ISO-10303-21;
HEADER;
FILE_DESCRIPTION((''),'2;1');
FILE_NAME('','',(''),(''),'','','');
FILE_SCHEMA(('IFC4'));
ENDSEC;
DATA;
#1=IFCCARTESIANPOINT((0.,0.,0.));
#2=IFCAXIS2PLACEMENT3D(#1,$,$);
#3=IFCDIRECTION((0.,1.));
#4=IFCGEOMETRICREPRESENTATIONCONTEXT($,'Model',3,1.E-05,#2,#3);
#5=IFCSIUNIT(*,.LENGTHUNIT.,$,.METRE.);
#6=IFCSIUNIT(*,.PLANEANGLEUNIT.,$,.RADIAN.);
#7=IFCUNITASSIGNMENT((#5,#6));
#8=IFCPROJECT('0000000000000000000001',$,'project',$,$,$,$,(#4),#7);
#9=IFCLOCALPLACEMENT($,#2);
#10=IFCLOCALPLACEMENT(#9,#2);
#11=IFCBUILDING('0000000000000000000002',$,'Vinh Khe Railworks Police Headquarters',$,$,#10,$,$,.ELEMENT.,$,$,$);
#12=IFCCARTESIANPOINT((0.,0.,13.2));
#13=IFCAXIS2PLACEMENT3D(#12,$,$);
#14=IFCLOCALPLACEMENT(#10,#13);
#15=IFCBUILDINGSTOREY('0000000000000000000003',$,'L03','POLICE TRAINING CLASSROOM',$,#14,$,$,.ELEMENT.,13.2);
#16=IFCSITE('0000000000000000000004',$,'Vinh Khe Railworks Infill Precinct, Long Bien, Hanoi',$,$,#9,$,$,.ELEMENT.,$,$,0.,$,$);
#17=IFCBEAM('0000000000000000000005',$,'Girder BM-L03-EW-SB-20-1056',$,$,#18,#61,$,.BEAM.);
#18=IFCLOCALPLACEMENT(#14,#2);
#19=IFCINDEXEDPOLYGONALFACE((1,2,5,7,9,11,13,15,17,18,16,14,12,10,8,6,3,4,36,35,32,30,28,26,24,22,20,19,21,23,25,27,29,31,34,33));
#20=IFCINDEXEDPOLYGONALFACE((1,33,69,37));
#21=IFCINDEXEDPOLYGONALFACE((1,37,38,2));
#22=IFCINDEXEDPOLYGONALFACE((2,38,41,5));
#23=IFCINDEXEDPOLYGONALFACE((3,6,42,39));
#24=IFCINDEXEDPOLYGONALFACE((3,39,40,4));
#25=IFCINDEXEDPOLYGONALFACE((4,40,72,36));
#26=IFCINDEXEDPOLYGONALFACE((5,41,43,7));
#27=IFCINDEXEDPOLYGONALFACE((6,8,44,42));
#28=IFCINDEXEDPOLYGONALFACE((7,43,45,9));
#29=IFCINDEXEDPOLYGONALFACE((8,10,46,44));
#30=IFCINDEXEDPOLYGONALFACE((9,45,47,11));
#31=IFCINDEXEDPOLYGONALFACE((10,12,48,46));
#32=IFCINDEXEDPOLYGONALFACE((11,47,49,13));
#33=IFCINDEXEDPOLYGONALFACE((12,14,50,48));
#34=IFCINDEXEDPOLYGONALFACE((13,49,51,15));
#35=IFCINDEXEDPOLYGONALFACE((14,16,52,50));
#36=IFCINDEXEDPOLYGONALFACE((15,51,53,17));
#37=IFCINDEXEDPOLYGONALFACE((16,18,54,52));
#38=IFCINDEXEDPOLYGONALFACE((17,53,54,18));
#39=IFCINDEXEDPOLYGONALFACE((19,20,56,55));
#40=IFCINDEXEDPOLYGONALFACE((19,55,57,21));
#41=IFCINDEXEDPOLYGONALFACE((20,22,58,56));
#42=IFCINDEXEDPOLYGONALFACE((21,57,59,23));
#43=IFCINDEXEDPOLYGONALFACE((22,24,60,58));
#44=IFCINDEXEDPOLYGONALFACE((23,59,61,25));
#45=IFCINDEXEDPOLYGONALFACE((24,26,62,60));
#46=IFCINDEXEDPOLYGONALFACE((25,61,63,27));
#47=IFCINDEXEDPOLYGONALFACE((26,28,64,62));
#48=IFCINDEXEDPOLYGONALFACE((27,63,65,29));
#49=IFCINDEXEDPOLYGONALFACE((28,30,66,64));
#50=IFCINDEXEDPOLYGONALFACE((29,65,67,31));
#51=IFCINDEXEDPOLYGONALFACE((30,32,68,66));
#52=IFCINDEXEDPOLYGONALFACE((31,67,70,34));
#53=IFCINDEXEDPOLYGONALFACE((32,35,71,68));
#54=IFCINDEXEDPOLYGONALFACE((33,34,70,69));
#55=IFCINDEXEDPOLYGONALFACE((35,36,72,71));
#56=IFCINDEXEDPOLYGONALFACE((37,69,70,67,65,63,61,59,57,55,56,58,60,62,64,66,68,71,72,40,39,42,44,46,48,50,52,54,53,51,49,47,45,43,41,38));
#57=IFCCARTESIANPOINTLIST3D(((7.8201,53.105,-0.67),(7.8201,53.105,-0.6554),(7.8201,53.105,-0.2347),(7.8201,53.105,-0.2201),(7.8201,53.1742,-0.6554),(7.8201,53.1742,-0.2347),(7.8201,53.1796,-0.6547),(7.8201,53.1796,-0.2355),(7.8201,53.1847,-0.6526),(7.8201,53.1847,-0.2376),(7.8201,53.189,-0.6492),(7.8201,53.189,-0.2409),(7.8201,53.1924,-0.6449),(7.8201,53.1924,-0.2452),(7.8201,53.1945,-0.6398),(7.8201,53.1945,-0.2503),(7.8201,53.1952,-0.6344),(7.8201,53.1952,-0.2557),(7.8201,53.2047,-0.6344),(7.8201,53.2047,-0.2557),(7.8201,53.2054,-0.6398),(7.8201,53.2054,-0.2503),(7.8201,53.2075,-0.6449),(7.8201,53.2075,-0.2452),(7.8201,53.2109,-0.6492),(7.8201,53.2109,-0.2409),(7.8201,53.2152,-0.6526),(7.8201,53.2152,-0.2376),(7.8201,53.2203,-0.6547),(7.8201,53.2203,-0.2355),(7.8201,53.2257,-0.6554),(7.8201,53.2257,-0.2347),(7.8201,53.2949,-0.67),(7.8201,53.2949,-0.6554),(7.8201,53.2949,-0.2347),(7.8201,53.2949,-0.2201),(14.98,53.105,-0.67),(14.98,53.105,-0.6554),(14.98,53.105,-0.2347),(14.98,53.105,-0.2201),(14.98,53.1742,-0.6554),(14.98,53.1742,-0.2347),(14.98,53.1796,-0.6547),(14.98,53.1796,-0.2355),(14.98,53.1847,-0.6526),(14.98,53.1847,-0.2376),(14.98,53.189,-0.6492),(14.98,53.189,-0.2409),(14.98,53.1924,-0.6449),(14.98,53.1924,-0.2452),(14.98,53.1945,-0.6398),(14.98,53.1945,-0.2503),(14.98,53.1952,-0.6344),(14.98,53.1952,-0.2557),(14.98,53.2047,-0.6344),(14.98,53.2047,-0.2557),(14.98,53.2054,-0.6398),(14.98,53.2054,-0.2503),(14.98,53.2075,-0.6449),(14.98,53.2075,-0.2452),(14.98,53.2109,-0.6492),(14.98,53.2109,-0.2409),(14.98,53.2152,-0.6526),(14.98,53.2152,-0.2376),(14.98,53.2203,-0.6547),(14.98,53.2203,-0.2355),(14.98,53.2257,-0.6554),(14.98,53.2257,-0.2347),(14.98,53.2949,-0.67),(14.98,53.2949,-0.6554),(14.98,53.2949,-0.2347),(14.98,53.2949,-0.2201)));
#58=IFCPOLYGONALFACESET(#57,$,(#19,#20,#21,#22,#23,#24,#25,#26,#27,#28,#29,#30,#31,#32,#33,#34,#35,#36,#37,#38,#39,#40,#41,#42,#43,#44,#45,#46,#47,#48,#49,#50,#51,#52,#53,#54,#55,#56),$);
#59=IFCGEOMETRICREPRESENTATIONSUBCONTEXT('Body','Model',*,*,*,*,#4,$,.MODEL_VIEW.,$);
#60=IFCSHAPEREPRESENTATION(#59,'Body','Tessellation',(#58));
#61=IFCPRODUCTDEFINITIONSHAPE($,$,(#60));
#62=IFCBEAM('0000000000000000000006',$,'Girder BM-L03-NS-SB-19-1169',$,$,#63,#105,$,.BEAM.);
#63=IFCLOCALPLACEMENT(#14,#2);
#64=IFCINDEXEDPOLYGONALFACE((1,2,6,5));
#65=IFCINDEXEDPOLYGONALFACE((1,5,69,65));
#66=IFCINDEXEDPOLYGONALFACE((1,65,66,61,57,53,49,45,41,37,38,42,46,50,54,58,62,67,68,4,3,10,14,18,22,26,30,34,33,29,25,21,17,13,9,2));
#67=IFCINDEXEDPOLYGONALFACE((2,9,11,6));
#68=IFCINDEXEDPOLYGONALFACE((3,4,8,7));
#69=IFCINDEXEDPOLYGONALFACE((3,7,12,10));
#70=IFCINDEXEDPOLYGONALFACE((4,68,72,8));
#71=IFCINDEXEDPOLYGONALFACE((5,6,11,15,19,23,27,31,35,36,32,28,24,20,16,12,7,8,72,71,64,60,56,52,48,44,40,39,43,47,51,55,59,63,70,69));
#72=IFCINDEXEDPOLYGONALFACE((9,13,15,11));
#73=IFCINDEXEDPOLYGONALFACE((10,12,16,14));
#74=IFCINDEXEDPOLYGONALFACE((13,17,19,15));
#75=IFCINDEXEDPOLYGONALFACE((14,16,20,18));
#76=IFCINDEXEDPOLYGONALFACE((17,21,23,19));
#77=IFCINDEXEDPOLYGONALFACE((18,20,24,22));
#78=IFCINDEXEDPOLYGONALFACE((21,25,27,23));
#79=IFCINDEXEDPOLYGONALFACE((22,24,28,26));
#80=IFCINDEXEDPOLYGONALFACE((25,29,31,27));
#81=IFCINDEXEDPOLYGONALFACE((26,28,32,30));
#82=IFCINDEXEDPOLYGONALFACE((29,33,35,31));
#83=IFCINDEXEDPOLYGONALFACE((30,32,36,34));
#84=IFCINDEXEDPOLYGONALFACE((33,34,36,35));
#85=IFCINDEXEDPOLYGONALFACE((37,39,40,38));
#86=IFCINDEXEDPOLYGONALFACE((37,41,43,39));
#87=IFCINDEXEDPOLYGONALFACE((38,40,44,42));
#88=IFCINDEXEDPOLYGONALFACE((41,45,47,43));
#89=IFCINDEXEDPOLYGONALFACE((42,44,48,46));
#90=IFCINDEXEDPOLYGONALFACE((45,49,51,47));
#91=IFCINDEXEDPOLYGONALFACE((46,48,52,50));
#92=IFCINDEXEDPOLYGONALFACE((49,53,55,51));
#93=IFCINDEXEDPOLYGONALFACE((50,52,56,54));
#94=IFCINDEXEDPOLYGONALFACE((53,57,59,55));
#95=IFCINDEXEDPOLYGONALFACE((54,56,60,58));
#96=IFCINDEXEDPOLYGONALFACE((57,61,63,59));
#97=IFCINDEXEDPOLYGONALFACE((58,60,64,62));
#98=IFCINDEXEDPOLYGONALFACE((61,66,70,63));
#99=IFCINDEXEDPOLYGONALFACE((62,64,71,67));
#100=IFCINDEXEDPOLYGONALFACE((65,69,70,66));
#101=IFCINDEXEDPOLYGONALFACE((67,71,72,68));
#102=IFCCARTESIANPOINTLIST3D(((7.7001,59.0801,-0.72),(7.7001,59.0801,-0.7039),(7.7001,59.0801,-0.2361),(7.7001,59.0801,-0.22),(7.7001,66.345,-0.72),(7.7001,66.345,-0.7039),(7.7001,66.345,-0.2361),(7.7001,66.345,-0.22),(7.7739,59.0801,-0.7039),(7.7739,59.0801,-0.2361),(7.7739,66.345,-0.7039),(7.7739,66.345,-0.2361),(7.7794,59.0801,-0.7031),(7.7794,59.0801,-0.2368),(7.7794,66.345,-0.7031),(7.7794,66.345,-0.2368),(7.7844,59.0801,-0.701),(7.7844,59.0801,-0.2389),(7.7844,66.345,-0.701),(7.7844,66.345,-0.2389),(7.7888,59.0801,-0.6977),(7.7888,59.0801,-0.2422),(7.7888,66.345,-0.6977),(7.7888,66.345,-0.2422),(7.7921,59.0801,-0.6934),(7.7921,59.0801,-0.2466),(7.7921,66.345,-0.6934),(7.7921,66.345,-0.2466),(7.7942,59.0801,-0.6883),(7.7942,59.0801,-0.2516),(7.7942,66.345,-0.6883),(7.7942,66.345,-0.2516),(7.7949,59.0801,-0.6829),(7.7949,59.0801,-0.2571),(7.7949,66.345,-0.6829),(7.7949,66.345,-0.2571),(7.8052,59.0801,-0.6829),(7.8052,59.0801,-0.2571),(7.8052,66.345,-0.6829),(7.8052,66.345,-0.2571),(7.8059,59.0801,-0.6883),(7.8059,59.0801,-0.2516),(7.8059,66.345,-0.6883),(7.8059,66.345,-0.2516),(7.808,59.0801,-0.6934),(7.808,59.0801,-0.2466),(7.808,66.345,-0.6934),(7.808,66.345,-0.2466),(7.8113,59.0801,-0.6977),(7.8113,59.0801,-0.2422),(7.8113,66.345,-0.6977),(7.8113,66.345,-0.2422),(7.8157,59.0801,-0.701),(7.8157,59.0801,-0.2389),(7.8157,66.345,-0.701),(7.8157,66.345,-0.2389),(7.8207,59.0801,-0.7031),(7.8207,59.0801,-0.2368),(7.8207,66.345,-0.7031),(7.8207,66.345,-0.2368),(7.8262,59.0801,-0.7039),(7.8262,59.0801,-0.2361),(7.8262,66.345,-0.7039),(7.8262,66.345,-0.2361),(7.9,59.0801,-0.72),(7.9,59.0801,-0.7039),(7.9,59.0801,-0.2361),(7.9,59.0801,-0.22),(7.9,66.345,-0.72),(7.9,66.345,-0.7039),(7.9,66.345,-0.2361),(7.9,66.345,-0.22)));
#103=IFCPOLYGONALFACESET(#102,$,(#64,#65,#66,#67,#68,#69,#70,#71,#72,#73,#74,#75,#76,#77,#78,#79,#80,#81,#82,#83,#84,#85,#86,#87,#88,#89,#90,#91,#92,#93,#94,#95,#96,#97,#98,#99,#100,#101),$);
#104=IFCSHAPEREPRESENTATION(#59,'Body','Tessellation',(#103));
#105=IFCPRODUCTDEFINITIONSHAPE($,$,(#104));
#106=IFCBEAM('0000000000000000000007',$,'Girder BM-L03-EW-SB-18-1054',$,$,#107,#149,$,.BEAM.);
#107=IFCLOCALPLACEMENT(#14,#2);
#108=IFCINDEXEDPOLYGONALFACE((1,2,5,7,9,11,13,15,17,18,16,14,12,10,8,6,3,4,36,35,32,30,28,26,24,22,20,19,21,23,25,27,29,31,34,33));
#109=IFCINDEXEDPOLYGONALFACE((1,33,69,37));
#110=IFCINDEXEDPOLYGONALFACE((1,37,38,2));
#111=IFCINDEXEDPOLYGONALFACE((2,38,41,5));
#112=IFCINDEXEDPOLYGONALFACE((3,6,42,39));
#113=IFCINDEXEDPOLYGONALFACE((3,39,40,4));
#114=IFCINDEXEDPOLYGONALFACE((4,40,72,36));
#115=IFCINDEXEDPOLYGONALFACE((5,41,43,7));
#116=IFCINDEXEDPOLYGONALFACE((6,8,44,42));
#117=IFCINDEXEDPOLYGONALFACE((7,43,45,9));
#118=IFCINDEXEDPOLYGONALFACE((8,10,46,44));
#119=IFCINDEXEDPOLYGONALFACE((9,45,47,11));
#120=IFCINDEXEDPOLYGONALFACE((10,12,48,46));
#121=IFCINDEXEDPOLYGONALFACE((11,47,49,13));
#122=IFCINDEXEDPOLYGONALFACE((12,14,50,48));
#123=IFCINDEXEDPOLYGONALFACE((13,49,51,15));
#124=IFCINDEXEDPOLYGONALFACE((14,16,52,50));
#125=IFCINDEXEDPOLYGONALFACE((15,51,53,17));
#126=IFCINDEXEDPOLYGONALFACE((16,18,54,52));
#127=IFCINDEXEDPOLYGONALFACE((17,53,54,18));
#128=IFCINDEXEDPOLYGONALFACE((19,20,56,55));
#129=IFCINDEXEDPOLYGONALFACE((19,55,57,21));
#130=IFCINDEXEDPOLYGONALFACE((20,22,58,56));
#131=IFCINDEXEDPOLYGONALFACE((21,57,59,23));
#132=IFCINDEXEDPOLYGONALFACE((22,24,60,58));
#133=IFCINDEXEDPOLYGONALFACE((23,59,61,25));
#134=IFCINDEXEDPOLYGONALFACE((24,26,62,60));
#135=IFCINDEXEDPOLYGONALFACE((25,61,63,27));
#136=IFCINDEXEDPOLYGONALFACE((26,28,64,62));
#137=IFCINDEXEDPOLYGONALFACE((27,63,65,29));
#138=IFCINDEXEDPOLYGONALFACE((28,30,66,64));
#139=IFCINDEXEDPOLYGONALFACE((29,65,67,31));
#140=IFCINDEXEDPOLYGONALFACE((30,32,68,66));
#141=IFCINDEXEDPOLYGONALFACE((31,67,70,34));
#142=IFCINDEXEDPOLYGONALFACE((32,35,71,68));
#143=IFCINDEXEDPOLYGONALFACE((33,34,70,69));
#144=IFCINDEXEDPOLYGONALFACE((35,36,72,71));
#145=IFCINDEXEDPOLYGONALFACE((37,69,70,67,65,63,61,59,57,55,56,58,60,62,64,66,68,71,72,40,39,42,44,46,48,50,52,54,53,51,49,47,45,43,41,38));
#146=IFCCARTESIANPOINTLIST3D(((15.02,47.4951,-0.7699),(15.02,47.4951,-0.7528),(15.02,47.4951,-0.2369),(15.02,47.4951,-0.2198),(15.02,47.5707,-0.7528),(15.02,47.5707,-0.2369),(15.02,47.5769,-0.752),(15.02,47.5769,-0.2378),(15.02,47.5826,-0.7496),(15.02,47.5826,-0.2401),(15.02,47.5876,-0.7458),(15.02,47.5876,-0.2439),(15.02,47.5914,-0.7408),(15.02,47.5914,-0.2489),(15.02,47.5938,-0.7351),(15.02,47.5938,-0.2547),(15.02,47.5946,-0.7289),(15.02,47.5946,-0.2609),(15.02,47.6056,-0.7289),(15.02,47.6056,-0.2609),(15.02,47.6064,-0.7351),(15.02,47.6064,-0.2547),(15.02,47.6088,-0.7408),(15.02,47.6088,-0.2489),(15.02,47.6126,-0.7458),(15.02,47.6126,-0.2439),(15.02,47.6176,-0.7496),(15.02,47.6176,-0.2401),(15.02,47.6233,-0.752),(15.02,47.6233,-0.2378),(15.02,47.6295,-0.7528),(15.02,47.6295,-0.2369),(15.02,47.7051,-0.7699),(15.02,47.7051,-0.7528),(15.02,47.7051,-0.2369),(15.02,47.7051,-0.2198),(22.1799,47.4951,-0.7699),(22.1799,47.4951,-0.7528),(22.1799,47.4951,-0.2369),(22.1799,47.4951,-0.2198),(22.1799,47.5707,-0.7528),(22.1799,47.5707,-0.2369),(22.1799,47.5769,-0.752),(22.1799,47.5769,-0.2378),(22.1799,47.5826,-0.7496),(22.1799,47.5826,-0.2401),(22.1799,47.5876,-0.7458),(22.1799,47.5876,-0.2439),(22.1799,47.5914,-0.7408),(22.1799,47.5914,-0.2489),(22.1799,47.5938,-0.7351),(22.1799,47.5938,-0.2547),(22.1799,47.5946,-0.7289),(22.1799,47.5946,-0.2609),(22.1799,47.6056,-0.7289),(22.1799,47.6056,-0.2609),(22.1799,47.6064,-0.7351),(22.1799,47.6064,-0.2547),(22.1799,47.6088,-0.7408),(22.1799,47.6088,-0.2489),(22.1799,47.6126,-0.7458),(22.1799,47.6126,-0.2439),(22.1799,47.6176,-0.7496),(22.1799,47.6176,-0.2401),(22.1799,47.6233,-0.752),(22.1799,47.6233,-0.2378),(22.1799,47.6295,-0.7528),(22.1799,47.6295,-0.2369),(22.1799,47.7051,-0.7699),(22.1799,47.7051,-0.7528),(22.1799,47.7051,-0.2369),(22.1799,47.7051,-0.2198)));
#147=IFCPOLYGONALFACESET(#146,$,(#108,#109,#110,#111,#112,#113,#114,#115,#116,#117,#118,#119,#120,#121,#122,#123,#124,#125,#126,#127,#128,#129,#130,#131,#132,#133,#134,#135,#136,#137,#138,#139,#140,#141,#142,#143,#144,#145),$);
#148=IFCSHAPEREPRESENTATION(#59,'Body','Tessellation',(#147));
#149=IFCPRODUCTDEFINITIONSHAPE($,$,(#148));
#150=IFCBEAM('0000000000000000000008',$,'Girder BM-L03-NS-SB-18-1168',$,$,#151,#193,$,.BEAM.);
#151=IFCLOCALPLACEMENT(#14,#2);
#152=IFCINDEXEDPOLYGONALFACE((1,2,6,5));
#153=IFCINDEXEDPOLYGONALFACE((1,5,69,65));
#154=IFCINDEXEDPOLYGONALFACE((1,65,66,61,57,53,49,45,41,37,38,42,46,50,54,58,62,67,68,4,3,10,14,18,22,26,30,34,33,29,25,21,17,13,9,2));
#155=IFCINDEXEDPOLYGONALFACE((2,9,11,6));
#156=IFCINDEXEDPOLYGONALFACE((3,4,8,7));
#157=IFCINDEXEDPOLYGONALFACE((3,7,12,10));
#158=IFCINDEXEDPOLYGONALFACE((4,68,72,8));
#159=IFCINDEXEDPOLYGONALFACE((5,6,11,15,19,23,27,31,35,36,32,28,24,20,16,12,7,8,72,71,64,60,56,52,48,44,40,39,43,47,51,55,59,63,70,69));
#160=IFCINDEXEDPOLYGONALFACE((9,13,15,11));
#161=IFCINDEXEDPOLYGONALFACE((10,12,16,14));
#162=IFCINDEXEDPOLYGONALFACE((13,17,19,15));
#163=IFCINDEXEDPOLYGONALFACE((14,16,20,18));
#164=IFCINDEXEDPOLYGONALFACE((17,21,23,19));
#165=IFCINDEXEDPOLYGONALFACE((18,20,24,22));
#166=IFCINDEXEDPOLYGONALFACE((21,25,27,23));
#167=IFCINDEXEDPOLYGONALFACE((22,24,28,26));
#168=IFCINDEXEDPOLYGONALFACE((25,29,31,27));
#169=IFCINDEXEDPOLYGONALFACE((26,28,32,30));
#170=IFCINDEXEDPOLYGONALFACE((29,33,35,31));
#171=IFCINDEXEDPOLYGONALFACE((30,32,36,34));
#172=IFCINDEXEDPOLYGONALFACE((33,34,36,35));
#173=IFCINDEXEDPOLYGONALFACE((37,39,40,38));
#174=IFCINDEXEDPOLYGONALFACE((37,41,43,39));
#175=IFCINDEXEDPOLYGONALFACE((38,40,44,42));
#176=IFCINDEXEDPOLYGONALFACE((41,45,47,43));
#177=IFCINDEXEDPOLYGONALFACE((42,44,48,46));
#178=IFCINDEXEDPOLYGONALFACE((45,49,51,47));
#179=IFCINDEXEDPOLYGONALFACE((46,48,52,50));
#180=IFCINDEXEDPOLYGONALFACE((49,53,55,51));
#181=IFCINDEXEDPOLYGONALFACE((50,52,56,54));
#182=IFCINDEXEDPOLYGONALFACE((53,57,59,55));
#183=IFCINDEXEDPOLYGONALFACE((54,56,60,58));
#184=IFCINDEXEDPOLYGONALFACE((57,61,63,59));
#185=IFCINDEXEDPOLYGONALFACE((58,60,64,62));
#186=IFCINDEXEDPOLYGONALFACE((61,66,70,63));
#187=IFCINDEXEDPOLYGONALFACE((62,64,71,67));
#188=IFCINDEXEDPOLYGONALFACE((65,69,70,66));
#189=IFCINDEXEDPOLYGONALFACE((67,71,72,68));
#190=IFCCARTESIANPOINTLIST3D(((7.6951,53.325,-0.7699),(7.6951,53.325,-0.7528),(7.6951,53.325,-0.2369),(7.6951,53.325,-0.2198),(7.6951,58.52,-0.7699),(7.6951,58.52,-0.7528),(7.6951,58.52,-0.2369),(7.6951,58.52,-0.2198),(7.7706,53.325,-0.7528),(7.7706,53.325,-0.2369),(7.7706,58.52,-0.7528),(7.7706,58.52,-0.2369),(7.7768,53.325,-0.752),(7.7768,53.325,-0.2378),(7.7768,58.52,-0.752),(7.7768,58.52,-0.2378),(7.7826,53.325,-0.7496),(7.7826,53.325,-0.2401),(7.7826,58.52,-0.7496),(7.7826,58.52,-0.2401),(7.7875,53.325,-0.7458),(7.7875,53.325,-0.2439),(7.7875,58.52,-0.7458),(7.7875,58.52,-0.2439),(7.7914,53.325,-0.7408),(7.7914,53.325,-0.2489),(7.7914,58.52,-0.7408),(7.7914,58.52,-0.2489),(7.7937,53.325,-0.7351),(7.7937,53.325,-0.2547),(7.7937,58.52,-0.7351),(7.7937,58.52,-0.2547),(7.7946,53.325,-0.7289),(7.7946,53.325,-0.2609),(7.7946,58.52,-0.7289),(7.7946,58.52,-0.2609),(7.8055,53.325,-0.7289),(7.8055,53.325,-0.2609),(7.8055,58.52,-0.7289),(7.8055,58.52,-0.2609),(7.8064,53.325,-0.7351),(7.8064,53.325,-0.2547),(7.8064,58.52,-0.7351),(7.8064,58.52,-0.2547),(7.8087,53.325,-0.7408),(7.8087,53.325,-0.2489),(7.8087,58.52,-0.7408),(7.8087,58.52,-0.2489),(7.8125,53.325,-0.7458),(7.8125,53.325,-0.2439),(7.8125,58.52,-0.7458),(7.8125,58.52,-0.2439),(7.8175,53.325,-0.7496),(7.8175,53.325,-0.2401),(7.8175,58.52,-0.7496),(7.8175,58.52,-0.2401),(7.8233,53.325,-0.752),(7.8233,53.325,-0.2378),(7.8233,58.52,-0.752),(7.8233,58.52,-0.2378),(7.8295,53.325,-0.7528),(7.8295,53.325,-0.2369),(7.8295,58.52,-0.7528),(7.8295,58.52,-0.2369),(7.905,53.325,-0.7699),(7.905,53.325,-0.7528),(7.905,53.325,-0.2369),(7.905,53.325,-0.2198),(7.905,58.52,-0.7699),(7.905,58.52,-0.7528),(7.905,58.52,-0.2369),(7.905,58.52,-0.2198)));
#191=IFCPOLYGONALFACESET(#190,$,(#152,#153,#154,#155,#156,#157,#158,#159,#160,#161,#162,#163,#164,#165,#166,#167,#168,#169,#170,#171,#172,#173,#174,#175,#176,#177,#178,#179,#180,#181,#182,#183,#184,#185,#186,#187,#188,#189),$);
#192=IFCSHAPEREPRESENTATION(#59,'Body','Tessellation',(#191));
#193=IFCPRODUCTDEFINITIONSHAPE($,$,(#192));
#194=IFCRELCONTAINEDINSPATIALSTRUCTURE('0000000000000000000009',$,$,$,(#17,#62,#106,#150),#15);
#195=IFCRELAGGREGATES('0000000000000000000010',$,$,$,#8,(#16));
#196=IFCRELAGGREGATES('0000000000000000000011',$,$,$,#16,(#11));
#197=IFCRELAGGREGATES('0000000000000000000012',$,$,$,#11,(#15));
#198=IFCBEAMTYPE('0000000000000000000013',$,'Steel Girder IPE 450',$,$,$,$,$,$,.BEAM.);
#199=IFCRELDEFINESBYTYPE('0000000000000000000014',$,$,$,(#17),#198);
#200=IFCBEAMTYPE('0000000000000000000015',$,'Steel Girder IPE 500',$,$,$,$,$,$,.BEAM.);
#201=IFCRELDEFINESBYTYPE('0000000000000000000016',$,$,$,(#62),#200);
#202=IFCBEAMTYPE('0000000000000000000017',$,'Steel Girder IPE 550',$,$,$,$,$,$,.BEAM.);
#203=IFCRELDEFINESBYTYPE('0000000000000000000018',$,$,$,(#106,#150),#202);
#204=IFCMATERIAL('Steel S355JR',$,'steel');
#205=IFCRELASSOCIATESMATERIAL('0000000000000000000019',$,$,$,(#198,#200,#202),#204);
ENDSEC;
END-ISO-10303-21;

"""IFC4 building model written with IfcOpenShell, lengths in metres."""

from ifc_helpers import new_model, si_unit, direction, frame, origin, origin_2d, place, context, subcontext, project, spatial, i_section, extrude, material, material_profile, profile_set, type_object, element, save


model = new_model("IFC4")

# Units and contexts
model_context = context("Model", 3, precision=1e-05, world=origin(), true_north=direction((0.0, 1.0)))
body_context = subcontext(model_context, "Body", "Model", "MODEL_VIEW")
ifc_project = project(units=[si_unit("LENGTHUNIT", "METRE"), si_unit("PLANEANGLEUNIT", "RADIAN")], contexts=[model_context])

# Site, building, storey
site_placement = place(None, origin())
site = spatial("IfcSite", under=ifc_project, at=site_placement, Name="Vinh Khe Railworks Infill Precinct, Long Bien, Hanoi", CompositionType="ELEMENT", RefElevation=0.0)
building_placement = place(site_placement, origin())
building = spatial("IfcBuilding", under=site, at=building_placement, Name="Vinh Khe Railworks Police Headquarters", CompositionType="ELEMENT")
storey_placement = place(building_placement, frame((0.0, 0.0, 13.2)))
storey = spatial("IfcBuildingStorey", under=building, at=storey_placement, Name="L03", Description="POLICE TRAINING CLASSROOM", CompositionType="ELEMENT", Elevation=13.2)

# Shared definitions
ifc_material_1 = material(Name="Steel S355JR", Category="steel")

# Beams
ifc_material_profile_1 = material_profile(ifc_material_1, i_section(OverallWidth=0.1899, OverallDepth=0.45, WebThickness=0.0095, FlangeThickness=0.0146, FilletRadius=0.021, at=origin_2d()), Name="IPE 450")
ifc_profile_set_1 = profile_set([ifc_material_profile_1], Name="Steel S355JR")
beam_type_1 = type_object("IfcBeamType", Name="Steel Girder IPE 450", PredefinedType="BEAM", material=ifc_profile_set_1)
beam_1_placement = place(storey_placement, frame((7.8201, 53.2, -0.4451), z_axis=(1.0, 0.0, 0.0), x_axis=(0.0, 1.0, 0.0)))
element("IfcBeam", 1, at=beam_1_placement, inside=storey, type_object=beam_type_1, Name="Girder BM-L03-EW-SB-20-1056", PredefinedType="BEAM", context=body_context, shape_type="SweptSolid", body=[
    extrude(i_section(OverallWidth=0.1899, OverallDepth=0.45, WebThickness=0.0095, FlangeThickness=0.0146, FilletRadius=0.021, at=origin_2d()), origin(), (0.0, 0.0, 1.0), 7.1599),
])
ifc_material_profile_2 = material_profile(ifc_material_1, i_section(OverallWidth=0.2, OverallDepth=0.5, WebThickness=0.0103, FlangeThickness=0.0161, FilletRadius=0.021, at=origin_2d()), Name="IPE 500")
ifc_profile_set_2 = profile_set([ifc_material_profile_2], Name="Steel S355JR")
beam_type_2 = type_object("IfcBeamType", Name="Steel Girder IPE 500", PredefinedType="BEAM", material=ifc_profile_set_2)
beam_2_placement = place(storey_placement, frame((7.8, 59.0801, -0.47), z_axis=(0.0, 1.0, 0.0), x_axis=(-1.0, 0.0, 0.0)))
element("IfcBeam", 2, at=beam_2_placement, inside=storey, type_object=beam_type_2, Name="Girder BM-L03-NS-SB-19-1169", PredefinedType="BEAM", context=body_context, shape_type="SweptSolid", body=[
    extrude(i_section(OverallWidth=0.2, OverallDepth=0.5, WebThickness=0.0103, FlangeThickness=0.0161, FilletRadius=0.021, at=origin_2d()), origin(), (0.0, 0.0, 1.0), 7.2649),
])
ifc_material_profile_3 = material_profile(ifc_material_1, i_section(OverallWidth=0.21, OverallDepth=0.55, WebThickness=0.011, FlangeThickness=0.0171, FilletRadius=0.0239, at=origin_2d()), Name="IPE 550")
ifc_profile_set_3 = profile_set([ifc_material_profile_3], Name="Steel S355JR")
beam_type_3 = type_object("IfcBeamType", Name="Steel Girder IPE 550", PredefinedType="BEAM", material=ifc_profile_set_3)
beam_3_placement = place(storey_placement, frame((15.02, 47.6001, -0.4949), z_axis=(1.0, 0.0, 0.0), x_axis=(0.0, 1.0, 0.0)))
element("IfcBeam", 3, at=beam_3_placement, inside=storey, type_object=beam_type_3, Name="Girder BM-L03-EW-SB-18-1054", PredefinedType="BEAM", context=body_context, shape_type="SweptSolid", body=[
    extrude(i_section(OverallWidth=0.21, OverallDepth=0.55, WebThickness=0.011, FlangeThickness=0.0171, FilletRadius=0.0239, at=origin_2d()), origin(), (0.0, 0.0, 1.0), 7.1599),
])
beam_4_placement = place(storey_placement, frame((7.8, 53.325, -0.4949), z_axis=(0.0, 1.0, 0.0), x_axis=(-1.0, 0.0, 0.0)))
element("IfcBeam", 4, at=beam_4_placement, inside=storey, type_object=beam_type_3, Name="Girder BM-L03-NS-SB-18-1168", PredefinedType="BEAM", context=body_context, shape_type="SweptSolid", body=[
    extrude(i_section(OverallWidth=0.21, OverallDepth=0.55, WebThickness=0.011, FlangeThickness=0.0171, FilletRadius=0.0239, at=origin_2d()), origin(), (0.0, 0.0, 1.0), 5.1951),
])

save(model, "model.ifc")
